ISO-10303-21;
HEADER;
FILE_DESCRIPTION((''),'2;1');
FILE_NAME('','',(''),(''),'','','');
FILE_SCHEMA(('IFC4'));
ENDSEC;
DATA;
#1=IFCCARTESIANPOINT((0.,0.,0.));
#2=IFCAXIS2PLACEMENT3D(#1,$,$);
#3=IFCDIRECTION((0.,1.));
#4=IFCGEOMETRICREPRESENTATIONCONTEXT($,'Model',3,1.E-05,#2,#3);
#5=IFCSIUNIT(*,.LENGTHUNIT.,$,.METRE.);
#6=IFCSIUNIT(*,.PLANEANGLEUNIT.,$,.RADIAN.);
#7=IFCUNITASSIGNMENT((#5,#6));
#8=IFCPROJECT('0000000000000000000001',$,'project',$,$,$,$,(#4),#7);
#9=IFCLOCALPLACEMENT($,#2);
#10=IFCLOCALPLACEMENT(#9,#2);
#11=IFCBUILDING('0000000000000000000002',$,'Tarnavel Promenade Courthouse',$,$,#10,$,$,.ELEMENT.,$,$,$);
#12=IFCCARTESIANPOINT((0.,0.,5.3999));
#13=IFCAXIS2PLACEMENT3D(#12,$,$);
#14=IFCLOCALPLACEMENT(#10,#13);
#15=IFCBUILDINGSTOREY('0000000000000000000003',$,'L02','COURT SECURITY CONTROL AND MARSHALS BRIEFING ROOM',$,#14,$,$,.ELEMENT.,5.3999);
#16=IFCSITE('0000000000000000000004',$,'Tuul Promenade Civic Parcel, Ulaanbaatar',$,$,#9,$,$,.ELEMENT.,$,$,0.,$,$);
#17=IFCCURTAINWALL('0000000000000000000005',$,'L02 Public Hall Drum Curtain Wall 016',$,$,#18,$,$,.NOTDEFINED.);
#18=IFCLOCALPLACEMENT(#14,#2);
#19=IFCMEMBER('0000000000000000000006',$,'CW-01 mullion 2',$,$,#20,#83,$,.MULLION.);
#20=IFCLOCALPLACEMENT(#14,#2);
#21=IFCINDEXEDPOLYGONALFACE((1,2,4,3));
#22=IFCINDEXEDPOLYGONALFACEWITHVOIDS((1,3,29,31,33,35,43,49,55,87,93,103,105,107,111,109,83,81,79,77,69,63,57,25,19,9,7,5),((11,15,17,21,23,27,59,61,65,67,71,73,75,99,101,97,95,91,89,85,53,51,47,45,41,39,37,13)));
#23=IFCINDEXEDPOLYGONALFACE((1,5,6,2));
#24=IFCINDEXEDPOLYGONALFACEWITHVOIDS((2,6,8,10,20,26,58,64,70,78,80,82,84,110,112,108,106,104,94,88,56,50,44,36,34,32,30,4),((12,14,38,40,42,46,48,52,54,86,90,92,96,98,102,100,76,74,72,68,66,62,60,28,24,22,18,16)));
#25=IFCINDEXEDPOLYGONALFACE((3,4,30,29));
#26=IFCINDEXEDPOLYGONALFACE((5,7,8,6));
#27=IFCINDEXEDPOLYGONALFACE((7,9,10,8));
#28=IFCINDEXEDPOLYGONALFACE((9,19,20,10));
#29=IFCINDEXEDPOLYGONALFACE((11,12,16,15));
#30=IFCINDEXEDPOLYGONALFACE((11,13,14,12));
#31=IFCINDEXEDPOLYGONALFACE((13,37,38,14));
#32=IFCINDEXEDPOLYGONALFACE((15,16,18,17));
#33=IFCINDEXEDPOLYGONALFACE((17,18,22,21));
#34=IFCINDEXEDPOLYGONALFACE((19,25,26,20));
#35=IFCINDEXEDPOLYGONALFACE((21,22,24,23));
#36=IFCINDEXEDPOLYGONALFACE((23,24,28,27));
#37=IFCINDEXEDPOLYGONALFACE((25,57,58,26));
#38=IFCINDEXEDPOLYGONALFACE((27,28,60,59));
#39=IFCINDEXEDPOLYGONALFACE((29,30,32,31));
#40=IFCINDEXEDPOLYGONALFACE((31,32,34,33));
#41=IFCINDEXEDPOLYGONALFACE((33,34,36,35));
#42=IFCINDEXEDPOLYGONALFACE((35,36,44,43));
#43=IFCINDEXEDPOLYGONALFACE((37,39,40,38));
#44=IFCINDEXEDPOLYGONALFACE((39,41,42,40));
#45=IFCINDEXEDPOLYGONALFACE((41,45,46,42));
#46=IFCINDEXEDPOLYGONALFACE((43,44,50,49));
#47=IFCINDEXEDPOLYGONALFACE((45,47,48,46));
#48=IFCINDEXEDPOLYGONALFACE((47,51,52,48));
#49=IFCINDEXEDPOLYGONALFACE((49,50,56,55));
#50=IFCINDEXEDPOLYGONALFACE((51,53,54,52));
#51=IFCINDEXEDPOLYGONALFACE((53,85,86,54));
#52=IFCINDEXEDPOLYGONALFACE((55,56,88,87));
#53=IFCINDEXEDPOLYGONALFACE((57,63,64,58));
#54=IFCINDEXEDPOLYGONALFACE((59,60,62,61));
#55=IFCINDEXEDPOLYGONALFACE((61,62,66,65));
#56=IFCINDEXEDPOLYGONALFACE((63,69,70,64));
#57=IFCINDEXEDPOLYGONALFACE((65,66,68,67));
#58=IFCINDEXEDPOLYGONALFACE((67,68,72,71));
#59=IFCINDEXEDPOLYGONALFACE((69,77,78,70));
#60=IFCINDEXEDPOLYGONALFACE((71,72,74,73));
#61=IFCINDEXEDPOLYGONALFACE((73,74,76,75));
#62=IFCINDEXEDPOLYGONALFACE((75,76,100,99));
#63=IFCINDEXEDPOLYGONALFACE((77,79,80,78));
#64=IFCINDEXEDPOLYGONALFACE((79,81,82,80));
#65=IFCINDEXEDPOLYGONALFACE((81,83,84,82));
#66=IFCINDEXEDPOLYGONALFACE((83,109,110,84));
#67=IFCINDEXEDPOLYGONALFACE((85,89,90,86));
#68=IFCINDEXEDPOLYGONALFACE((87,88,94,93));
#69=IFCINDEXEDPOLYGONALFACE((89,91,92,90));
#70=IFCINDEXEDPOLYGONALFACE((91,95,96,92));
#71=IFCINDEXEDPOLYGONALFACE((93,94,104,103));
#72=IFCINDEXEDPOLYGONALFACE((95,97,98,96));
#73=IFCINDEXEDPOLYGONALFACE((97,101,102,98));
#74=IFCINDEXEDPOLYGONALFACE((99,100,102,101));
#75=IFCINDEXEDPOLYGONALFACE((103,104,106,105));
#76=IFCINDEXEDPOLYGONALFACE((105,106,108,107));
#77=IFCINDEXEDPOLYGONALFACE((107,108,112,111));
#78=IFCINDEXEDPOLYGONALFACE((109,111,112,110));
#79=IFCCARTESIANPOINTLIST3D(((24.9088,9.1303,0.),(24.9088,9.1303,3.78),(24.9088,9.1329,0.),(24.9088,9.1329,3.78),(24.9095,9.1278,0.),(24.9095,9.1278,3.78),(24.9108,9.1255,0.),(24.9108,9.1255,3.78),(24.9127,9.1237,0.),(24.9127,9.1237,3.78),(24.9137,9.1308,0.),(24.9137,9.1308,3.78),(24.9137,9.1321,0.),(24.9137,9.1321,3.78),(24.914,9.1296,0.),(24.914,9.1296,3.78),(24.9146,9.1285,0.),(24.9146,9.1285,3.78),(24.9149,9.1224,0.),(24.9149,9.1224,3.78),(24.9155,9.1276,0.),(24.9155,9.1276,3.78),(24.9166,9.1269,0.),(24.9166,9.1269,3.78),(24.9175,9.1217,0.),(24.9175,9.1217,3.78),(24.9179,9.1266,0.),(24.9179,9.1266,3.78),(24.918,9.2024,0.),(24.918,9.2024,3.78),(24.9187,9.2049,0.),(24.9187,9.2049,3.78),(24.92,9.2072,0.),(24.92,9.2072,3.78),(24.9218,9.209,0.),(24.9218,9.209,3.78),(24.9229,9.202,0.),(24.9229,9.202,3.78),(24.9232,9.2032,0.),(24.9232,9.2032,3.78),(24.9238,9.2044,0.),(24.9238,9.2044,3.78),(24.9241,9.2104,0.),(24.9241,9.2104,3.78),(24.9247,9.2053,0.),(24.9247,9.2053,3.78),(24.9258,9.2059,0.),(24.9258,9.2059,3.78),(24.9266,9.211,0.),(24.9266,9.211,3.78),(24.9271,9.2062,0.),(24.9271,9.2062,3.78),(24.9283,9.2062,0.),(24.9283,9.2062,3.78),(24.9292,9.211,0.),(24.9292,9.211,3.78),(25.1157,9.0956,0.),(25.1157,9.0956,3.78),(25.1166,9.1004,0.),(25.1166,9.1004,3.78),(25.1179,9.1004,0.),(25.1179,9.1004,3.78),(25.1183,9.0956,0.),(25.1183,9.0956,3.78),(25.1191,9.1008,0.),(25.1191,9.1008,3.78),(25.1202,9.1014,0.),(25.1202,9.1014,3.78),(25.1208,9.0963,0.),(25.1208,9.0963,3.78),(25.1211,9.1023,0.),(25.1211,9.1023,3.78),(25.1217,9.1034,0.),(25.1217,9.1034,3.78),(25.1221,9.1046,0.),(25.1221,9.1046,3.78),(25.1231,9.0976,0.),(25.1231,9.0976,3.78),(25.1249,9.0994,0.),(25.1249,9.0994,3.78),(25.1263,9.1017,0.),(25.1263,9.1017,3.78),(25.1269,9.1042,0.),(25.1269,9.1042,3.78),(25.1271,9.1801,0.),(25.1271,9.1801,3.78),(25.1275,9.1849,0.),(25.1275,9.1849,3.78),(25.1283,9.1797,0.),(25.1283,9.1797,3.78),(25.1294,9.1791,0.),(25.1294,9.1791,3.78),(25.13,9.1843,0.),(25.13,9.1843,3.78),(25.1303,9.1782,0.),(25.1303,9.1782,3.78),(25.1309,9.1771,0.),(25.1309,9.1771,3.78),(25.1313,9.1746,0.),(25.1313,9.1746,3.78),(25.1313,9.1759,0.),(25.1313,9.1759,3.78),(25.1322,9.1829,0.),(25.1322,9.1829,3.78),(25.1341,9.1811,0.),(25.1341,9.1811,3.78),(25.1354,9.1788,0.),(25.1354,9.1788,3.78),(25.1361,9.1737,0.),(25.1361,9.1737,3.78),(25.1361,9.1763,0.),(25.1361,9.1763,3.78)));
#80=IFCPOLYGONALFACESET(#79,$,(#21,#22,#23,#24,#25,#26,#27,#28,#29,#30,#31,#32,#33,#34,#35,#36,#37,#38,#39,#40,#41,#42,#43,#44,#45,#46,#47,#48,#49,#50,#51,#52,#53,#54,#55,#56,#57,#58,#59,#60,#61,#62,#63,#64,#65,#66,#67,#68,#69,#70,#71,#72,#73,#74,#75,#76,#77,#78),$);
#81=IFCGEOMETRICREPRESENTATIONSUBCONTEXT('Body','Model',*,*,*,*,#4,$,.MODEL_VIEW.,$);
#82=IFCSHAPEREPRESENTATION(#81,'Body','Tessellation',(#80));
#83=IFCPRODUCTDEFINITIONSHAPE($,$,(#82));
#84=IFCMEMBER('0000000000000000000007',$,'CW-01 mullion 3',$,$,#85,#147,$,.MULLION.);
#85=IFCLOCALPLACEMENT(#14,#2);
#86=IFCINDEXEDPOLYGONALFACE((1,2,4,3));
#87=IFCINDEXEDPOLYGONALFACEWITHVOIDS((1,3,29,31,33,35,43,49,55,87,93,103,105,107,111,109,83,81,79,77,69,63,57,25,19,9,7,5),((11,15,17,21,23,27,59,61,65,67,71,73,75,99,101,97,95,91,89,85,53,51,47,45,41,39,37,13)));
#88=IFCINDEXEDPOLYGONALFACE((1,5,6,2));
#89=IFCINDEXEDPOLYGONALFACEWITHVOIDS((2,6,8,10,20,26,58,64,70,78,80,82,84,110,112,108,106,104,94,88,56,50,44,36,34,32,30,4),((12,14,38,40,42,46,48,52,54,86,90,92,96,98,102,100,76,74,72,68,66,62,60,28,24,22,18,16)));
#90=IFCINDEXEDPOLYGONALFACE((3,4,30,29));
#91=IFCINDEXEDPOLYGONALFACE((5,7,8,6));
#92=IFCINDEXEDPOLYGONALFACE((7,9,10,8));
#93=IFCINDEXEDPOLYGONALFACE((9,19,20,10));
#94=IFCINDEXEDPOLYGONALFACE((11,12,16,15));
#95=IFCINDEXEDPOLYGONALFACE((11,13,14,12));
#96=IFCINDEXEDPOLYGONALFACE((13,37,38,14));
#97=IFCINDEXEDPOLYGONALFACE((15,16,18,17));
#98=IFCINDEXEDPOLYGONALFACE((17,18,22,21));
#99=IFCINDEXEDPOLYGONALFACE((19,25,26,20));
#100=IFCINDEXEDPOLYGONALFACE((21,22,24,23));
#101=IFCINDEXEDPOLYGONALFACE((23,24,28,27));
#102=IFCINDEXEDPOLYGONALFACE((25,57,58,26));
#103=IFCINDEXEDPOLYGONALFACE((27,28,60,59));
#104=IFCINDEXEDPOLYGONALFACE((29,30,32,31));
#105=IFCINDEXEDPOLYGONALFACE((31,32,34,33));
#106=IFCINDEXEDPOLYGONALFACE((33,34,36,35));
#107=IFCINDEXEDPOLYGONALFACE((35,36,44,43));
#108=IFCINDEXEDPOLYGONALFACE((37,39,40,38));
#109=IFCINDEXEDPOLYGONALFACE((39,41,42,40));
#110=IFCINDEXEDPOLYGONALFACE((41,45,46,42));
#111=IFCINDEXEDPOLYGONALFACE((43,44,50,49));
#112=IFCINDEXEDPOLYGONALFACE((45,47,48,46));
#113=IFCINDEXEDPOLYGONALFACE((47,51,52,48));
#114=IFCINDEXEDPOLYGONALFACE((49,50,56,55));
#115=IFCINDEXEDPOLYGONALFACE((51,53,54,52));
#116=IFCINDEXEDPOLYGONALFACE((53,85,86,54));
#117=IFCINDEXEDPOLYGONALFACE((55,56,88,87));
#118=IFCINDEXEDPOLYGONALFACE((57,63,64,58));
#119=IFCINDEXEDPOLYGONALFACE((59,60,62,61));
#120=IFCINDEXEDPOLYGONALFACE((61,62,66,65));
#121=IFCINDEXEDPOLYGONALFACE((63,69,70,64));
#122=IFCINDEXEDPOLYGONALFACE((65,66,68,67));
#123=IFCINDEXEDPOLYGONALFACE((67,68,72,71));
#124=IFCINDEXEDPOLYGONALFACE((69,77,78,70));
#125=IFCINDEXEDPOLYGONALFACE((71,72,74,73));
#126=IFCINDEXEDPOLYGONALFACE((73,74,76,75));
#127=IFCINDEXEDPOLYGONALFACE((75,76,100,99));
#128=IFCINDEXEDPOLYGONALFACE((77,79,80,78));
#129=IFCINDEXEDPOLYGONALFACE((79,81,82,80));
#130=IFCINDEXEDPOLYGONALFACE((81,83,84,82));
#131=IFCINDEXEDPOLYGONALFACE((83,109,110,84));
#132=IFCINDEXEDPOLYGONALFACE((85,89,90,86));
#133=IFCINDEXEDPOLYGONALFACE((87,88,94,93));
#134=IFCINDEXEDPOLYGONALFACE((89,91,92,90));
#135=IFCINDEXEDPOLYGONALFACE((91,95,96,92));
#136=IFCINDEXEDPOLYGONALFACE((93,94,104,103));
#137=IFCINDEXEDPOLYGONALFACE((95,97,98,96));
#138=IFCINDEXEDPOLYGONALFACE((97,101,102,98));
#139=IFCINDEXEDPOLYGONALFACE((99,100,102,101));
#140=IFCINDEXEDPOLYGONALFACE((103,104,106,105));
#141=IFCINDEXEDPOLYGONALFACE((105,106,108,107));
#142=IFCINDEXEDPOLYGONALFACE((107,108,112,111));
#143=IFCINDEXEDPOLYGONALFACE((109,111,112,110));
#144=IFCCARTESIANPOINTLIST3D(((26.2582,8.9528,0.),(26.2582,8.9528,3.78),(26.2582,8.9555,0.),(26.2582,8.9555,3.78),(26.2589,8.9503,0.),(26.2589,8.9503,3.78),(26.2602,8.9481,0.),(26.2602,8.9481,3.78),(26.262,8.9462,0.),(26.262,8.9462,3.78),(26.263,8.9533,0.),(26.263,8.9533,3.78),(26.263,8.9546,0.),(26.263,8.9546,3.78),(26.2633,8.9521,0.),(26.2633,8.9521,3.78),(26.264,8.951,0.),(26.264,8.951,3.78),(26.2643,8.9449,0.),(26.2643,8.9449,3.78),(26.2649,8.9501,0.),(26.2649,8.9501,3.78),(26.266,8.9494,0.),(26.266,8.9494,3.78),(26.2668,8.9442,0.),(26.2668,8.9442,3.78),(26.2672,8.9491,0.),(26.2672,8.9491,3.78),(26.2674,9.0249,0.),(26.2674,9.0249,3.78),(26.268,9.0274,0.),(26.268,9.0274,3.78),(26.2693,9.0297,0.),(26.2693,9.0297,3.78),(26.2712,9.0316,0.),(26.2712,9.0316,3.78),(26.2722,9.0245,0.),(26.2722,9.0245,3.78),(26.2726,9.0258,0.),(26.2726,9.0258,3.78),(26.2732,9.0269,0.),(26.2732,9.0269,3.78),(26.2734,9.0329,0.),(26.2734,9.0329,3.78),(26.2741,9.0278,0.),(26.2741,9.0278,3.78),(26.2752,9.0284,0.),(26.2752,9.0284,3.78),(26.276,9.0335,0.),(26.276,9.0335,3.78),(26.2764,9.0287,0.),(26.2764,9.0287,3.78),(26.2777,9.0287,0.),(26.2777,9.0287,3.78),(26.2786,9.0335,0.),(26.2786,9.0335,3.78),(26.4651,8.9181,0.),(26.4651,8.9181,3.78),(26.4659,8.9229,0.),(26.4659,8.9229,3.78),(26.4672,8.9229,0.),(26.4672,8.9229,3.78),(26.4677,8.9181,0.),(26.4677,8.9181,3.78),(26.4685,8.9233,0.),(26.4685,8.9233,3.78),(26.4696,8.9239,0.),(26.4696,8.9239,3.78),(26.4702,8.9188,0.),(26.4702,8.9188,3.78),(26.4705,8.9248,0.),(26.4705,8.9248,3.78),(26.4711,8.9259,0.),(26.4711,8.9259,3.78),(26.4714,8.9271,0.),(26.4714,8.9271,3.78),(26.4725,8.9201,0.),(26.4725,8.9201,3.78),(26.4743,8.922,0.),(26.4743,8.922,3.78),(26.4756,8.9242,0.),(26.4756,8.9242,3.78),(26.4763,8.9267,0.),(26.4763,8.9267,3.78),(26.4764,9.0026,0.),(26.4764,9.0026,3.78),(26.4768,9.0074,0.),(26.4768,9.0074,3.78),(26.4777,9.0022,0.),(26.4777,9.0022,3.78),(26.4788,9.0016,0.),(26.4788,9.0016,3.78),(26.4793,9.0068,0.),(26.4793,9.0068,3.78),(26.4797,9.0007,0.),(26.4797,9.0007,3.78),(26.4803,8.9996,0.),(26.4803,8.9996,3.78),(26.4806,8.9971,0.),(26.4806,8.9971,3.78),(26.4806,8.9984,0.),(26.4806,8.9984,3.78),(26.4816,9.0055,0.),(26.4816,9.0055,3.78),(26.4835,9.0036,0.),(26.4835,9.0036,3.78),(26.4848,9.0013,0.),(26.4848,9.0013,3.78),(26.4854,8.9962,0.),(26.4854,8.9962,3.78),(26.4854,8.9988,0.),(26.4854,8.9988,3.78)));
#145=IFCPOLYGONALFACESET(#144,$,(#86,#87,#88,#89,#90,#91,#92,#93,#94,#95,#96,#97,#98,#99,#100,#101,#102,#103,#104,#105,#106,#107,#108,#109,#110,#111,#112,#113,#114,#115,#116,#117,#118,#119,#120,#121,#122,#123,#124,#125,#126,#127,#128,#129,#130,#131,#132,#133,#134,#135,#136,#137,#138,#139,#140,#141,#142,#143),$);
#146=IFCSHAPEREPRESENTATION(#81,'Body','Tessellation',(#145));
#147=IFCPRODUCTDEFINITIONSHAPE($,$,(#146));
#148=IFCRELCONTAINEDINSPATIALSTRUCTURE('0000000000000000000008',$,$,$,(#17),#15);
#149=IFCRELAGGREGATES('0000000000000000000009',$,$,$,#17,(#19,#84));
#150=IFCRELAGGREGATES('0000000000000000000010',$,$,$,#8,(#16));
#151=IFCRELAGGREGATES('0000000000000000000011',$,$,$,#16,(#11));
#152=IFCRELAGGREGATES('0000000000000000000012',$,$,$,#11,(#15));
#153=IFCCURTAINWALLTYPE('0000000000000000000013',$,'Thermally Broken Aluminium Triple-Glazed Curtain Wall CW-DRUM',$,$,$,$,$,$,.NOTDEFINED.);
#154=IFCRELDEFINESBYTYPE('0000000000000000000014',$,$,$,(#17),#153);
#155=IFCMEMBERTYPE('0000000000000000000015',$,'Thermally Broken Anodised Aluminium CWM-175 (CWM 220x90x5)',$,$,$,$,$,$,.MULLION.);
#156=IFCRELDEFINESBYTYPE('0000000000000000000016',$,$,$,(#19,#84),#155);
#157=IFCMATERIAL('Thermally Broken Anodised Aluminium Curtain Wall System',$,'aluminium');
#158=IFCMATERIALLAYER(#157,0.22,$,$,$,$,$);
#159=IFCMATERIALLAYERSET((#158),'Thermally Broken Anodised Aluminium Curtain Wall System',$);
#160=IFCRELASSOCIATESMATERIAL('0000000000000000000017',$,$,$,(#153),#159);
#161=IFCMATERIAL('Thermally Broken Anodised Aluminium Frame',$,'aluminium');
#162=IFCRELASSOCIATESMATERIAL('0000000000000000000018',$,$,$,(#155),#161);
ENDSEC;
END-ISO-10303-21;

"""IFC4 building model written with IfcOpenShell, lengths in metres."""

from ifc_helpers import new_model, si_unit, direction, frame, origin, origin_2d, place, context, subcontext, project, spatial, hollow_rectangle, extrude, material, layer, layer_set, material_profile, profile_set, type_object, element, aggregate, save


model = new_model("IFC4")

# Units and contexts
model_context = context("Model", 3, precision=1e-05, world=origin(), true_north=direction((0.0, 1.0)))
body_context = subcontext(model_context, "Body", "Model", "MODEL_VIEW")
ifc_project = project(units=[si_unit("LENGTHUNIT", "METRE"), si_unit("PLANEANGLEUNIT", "RADIAN")], contexts=[model_context])

# Site, building, storey
site_placement = place(None, origin())
site = spatial("IfcSite", under=ifc_project, at=site_placement, Name="Tuul Promenade Civic Parcel, Ulaanbaatar", CompositionType="ELEMENT", RefElevation=0.0)
building_placement = place(site_placement, origin())
building = spatial("IfcBuilding", under=site, at=building_placement, Name="Tarnavel Promenade Courthouse", CompositionType="ELEMENT")
storey_placement = place(building_placement, frame((0.0, 0.0, 5.3999)))
storey = spatial("IfcBuildingStorey", under=building, at=storey_placement, Name="L02", Description="COURT SECURITY CONTROL AND MARSHALS BRIEFING ROOM", CompositionType="ELEMENT", Elevation=5.3999)

# Curtain wall, members
ifc_material_1 = material(Name="Thermally Broken Anodised Aluminium Curtain Wall System", Category="aluminium")
ifc_layer_1 = layer(ifc_material_1, 0.22)
ifc_layer_set_1 = layer_set([ifc_layer_1], Name="Thermally Broken Anodised Aluminium Curtain Wall System")
curtain_wall_type = type_object("IfcCurtainWallType", Name="Thermally Broken Aluminium Triple-Glazed Curtain Wall CW-DRUM", PredefinedType="NOTDEFINED", material=ifc_layer_set_1)
ifc_material_2 = material(Name="Thermally Broken Anodised Aluminium Frame", Category="aluminium")
ifc_material_profile_1 = material_profile(ifc_material_2, hollow_rectangle(XDim=0.0901, YDim=0.22, WallThickness=0.0049, InnerFilletRadius=0.0049, OuterFilletRadius=0.01, at=origin_2d()), Name="CWM 220x90x5")
ifc_profile_set_1 = profile_set([ifc_material_profile_1], Name="Thermally Broken Anodised Aluminium Frame")
member_type_1 = type_object("IfcMemberType", Name="Thermally Broken Anodised Aluminium CWM-175 (CWM 220x90x5)", PredefinedType="MULLION", material=ifc_profile_set_1)
curtain_wall_1_placement = place(storey_placement, origin())
curtain_wall_1 = element("IfcCurtainWall", 1, at=curtain_wall_1_placement, inside=storey, type_object=curtain_wall_type, Name="L02 Public Hall Drum Curtain Wall 016", PredefinedType="NOTDEFINED")
member_1_placement = place(storey_placement, frame((25.0225, 9.1533, 0.0), z_axis=(0.0, 0.0, 1.0), x_axis=(0.130527, 0.991445, 0.0)))
member_1 = element("IfcMember", 2, at=member_1_placement, type_object=member_type_1, Name="CW-01 mullion 2", PredefinedType="MULLION", context=body_context, shape_type="SweptSolid", body=[
    extrude(hollow_rectangle(XDim=0.0901, YDim=0.22, WallThickness=0.0049, InnerFilletRadius=0.0049, OuterFilletRadius=0.01, at=origin_2d()), origin(), (0.0, 0.0, 1.0), 3.78),
])
member_2_placement = place(storey_placement, frame((26.3718, 8.9758, 0.0), z_axis=(0.0, 0.0, 1.0), x_axis=(0.130527, 0.991445, 0.0)))
member_2 = element("IfcMember", 3, at=member_2_placement, type_object=member_type_1, Name="CW-01 mullion 3", PredefinedType="MULLION", context=body_context, shape_type="SweptSolid", body=[
    extrude(hollow_rectangle(XDim=0.0901, YDim=0.22, WallThickness=0.0049, InnerFilletRadius=0.0049, OuterFilletRadius=0.01, at=origin_2d()), origin(), (0.0, 0.0, 1.0), 3.78),
])

aggregate(curtain_wall_1, [member_1, member_2])

save(model, "model.ifc")
